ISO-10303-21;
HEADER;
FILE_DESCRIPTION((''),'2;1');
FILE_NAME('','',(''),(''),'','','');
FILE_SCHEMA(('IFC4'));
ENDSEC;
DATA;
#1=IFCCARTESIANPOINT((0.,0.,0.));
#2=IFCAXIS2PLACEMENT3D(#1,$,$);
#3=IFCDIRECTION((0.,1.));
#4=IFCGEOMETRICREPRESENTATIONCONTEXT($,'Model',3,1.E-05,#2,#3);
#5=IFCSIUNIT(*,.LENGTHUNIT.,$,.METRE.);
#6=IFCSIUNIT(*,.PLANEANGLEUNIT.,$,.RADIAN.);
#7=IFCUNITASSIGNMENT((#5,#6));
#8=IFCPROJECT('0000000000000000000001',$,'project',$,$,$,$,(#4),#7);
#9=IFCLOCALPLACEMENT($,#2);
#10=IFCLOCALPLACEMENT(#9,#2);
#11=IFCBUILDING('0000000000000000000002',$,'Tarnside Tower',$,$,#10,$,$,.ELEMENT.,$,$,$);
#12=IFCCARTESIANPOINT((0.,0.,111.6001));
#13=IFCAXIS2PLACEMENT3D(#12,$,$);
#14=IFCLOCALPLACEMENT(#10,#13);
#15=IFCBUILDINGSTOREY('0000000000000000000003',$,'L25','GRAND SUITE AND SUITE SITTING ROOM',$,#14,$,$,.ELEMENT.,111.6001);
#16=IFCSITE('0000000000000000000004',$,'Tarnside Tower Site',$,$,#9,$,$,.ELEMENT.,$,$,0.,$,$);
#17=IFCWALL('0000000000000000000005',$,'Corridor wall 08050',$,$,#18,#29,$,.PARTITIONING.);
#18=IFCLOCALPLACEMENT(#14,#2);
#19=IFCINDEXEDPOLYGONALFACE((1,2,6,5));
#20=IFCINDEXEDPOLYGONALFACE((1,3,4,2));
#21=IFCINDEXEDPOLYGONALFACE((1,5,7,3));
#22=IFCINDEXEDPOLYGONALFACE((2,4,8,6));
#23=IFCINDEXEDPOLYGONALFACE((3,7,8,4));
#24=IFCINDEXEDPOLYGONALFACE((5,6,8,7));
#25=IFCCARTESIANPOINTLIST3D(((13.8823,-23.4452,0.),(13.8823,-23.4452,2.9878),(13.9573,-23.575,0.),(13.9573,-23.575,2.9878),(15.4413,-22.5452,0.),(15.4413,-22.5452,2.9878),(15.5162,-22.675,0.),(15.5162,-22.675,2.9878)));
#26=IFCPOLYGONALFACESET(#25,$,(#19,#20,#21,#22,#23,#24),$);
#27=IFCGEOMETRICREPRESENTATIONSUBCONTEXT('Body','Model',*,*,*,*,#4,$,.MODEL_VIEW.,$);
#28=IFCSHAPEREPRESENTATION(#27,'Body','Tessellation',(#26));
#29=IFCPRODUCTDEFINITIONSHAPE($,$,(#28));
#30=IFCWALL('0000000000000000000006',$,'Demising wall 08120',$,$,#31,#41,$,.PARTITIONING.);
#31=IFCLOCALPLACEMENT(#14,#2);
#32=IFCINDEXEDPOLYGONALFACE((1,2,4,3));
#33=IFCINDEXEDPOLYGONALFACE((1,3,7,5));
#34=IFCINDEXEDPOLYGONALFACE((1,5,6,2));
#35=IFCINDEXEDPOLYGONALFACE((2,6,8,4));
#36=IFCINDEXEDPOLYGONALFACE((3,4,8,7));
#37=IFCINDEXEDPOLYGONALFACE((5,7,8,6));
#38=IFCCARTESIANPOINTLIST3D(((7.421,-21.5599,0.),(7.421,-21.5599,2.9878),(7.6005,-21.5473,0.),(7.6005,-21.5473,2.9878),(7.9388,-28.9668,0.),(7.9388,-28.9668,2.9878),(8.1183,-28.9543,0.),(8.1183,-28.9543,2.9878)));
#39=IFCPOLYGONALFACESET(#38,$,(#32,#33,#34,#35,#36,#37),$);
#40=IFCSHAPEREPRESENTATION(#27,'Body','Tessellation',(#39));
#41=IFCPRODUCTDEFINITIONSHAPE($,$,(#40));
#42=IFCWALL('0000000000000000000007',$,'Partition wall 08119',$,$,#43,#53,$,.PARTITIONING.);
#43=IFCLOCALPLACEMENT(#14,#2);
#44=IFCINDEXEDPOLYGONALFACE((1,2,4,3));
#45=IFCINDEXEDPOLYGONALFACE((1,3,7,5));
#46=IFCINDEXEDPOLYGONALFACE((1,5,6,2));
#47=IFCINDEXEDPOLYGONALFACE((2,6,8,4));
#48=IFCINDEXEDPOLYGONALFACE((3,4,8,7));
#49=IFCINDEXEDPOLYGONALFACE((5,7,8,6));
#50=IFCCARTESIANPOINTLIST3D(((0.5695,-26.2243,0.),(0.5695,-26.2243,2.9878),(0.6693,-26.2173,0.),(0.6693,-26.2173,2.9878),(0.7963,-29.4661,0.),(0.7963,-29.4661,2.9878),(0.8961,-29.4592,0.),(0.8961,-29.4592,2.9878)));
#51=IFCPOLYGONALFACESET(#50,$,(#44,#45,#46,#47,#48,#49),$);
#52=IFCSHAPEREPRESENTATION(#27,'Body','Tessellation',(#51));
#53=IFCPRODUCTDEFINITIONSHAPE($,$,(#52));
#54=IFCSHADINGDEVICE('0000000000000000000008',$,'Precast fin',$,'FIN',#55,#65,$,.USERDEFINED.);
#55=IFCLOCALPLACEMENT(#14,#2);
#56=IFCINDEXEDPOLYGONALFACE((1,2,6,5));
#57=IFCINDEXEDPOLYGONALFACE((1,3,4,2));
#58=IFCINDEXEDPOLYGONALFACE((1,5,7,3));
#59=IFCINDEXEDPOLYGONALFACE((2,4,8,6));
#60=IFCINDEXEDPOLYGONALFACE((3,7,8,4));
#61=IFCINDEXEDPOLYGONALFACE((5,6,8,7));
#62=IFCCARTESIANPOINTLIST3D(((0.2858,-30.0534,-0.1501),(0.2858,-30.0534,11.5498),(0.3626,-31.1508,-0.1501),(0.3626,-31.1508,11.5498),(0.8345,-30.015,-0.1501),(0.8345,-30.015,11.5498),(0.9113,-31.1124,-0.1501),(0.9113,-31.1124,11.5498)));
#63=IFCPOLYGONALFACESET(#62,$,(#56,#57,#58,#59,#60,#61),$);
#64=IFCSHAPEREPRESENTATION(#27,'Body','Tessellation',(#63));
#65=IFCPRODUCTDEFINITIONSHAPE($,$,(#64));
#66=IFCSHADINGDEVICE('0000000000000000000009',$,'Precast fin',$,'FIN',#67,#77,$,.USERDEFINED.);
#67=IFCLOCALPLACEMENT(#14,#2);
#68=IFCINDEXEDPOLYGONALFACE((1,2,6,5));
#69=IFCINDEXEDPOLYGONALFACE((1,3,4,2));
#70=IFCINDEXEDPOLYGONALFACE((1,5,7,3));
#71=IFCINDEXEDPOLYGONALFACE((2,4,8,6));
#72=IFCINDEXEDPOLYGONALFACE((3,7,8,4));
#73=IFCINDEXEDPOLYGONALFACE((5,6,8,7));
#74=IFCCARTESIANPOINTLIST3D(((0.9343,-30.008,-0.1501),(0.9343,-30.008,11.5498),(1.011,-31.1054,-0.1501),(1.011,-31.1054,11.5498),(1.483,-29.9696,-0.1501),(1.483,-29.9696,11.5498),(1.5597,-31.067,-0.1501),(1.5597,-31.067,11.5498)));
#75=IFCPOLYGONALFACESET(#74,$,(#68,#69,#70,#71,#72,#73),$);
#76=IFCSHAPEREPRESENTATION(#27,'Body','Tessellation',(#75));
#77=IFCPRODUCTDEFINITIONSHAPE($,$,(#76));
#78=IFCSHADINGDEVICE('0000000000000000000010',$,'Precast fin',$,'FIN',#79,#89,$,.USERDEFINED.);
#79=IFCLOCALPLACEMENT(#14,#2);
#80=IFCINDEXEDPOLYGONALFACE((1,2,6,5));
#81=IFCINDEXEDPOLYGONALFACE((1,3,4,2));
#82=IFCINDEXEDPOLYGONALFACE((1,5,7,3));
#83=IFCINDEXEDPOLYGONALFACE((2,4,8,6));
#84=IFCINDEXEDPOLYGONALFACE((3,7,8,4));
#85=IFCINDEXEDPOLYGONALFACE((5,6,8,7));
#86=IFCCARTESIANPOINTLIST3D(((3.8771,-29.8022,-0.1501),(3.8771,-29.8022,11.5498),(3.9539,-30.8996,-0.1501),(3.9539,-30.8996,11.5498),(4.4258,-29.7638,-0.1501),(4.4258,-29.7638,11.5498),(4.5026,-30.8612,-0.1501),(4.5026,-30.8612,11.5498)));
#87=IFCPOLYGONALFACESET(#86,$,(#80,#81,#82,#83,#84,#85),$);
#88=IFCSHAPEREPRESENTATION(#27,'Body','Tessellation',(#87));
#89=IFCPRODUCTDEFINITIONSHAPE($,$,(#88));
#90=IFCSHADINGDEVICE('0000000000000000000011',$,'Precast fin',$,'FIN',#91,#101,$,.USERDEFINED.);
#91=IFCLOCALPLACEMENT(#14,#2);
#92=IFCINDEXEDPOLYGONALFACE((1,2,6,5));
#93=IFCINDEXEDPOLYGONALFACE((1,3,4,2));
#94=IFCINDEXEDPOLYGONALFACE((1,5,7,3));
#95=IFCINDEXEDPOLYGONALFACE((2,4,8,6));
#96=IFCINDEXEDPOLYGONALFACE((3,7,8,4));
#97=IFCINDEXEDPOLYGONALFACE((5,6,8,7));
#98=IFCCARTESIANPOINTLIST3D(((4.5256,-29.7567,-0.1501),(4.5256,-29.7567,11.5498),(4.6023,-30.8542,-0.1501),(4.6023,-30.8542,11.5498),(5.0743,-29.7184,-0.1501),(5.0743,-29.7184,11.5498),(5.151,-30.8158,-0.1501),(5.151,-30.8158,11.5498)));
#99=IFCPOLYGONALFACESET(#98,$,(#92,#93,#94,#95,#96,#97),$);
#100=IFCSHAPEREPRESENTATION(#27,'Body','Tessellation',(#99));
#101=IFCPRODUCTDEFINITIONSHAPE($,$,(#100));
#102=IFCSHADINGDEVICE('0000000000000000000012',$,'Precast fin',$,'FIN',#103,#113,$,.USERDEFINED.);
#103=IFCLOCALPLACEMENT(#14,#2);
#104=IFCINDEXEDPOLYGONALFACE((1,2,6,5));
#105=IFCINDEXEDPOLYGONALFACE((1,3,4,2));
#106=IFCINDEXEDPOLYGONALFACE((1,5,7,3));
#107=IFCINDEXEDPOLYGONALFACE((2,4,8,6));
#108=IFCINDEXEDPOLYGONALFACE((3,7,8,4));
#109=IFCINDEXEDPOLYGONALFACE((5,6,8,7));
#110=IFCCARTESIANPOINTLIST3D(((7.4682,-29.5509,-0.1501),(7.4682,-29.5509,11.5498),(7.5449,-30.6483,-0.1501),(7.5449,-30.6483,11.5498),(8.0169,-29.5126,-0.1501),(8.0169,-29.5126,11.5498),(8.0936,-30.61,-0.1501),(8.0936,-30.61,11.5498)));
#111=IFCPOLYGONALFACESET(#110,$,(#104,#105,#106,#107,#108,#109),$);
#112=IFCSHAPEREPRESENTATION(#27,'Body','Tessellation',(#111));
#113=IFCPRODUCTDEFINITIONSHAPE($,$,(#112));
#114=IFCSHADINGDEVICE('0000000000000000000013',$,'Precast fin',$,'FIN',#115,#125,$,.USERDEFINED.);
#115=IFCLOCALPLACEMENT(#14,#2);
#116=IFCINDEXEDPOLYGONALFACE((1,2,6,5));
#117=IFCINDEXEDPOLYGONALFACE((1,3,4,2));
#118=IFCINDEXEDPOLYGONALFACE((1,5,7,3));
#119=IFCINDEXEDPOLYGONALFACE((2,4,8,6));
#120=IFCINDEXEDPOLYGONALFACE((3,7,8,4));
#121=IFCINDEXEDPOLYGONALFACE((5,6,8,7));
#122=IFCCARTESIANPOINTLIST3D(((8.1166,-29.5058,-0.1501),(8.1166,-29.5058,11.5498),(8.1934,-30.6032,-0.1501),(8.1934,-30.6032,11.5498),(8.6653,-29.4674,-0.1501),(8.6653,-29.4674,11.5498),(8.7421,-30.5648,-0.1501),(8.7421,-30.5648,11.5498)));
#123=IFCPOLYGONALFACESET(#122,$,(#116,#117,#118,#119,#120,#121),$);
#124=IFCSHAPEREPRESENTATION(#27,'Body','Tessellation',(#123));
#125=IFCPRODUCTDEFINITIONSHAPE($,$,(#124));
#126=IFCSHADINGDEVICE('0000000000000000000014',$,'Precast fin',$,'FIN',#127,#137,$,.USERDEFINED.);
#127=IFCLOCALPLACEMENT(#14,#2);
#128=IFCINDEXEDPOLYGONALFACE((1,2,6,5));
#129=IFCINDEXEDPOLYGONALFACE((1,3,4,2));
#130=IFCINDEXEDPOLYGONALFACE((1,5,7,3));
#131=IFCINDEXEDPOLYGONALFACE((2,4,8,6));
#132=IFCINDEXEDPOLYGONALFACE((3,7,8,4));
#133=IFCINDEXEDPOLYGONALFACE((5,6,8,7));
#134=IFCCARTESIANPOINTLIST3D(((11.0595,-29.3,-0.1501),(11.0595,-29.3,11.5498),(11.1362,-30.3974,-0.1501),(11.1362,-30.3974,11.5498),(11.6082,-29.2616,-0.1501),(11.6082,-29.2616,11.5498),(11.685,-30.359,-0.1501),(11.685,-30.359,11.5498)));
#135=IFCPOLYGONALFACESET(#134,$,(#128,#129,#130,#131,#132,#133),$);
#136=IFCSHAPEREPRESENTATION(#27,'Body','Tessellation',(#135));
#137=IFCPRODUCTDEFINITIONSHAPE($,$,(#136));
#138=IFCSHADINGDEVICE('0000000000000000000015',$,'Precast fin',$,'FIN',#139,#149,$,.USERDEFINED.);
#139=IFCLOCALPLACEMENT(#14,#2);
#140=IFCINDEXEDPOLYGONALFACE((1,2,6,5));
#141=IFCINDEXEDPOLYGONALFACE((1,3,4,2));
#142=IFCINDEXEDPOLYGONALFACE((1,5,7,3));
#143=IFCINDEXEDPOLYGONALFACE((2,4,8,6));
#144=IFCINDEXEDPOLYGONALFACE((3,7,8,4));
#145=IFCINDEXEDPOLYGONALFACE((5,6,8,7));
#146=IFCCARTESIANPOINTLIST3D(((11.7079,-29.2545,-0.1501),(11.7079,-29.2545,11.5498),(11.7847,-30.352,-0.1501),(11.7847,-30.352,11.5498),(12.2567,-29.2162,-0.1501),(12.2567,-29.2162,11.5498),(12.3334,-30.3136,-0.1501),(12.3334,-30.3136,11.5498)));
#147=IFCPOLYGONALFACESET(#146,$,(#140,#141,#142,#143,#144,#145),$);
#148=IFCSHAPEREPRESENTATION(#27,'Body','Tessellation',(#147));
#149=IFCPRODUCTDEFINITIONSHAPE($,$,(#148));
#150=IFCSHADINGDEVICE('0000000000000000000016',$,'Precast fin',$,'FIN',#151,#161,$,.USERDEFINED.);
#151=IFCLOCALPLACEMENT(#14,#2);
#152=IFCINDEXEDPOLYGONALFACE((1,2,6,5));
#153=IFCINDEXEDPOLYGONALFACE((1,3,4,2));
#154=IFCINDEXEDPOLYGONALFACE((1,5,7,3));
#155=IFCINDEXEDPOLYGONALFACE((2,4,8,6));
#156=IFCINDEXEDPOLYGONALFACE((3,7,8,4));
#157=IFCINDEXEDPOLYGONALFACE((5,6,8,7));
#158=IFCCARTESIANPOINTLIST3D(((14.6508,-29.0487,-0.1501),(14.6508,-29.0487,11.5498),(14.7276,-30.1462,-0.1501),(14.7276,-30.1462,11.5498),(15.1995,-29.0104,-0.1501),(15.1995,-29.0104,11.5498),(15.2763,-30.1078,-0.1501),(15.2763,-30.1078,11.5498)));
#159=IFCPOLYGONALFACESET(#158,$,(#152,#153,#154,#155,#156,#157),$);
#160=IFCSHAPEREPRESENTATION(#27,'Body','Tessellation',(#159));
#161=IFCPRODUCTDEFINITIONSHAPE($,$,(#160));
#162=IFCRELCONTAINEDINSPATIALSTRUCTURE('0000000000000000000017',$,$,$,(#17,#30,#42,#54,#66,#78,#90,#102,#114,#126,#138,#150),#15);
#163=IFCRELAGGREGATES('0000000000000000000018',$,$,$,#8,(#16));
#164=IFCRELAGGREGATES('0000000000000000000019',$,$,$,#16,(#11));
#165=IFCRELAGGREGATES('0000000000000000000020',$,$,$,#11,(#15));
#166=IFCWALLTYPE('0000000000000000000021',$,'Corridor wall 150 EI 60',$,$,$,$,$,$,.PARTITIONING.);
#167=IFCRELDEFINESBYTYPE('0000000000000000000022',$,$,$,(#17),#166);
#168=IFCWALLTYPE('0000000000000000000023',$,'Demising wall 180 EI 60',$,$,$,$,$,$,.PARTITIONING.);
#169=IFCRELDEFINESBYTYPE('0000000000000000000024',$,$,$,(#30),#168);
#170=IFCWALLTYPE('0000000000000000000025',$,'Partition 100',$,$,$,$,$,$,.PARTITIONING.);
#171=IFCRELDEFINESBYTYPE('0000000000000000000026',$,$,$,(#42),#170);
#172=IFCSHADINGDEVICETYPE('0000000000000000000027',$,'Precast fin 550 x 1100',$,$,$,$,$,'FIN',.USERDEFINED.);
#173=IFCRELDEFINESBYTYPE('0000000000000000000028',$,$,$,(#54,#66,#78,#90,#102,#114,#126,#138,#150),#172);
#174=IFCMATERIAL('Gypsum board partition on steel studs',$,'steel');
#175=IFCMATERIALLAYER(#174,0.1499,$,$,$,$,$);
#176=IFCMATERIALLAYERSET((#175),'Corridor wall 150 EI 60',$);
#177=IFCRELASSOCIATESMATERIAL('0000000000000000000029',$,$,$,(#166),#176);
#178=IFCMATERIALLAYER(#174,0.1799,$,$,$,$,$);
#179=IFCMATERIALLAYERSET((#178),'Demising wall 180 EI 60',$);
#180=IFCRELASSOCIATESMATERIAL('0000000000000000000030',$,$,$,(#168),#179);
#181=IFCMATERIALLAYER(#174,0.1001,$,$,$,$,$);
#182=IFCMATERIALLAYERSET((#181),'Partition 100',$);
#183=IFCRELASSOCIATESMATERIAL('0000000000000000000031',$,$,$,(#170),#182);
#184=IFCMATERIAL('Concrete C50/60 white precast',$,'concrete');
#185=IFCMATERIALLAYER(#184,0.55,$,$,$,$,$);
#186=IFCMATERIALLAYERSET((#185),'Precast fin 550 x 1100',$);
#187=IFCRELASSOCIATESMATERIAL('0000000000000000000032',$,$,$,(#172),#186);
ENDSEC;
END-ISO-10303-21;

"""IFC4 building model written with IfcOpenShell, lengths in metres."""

from ifc_helpers import new_model, si_unit, direction, frame, frame_2d, origin, place, context, subcontext, project, spatial, polyline, rectangle, outline, extrude, material, layer, layer_set, type_object, element, save


model = new_model("IFC4")

# Units and contexts
model_context = context("Model", 3, precision=1e-05, world=origin(), true_north=direction((0.0, 1.0)))
body_context = subcontext(model_context, "Body", "Model", "MODEL_VIEW")
ifc_project = project(units=[si_unit("LENGTHUNIT", "METRE"), si_unit("PLANEANGLEUNIT", "RADIAN")], contexts=[model_context])

# Site, building, storey
site_placement = place(None, origin())
site = spatial("IfcSite", under=ifc_project, at=site_placement, Name="Tarnside Tower Site", CompositionType="ELEMENT", RefElevation=0.0)
building_placement = place(site_placement, origin())
building = spatial("IfcBuilding", under=site, at=building_placement, Name="Tarnside Tower", CompositionType="ELEMENT")
storey_placement = place(building_placement, frame((0.0, 0.0, 111.6001)))
storey = spatial("IfcBuildingStorey", under=building, at=storey_placement, Name="L25", Description="GRAND SUITE AND SUITE SITTING ROOM", CompositionType="ELEMENT", Elevation=111.6001)

# Shared definitions
ifc_material_1 = material(Name="Gypsum board partition on steel studs", Category="steel")

# Walls
ifc_layer_1 = layer(ifc_material_1, 0.1499)
ifc_layer_set_1 = layer_set([ifc_layer_1], Name="Corridor wall 150 EI 60")
wall_type_1 = type_object("IfcWallType", Name="Corridor wall 150 EI 60", PredefinedType="PARTITIONING", material=ifc_layer_set_1)
wall_1_placement = place(storey_placement, frame((13.9199, -23.51, 0.0), z_axis=(0.0, 0.0, 1.0), x_axis=(0.866048, 0.499961, 0.0)))
element("IfcWall", 1, at=wall_1_placement, inside=storey, type_object=wall_type_1, Name="Corridor wall 08050", PredefinedType="PARTITIONING", context=body_context, shape_type="SweptSolid", body=[
    extrude(rectangle(XDim=1.8, YDim=0.1499, at=frame_2d((0.8999, 0.0))), origin(), (0.0, 0.0, 1.0), 2.9878),
])
ifc_layer_2 = layer(ifc_material_1, 0.1799)
ifc_layer_set_2 = layer_set([ifc_layer_2], Name="Demising wall 180 EI 60")
wall_type_2 = type_object("IfcWallType", Name="Demising wall 180 EI 60", PredefinedType="PARTITIONING", material=ifc_layer_set_2)
wall_2_placement = place(storey_placement, frame((8.0286, -28.9604, 0.0), z_axis=(0.0, 0.0, 1.0), x_axis=(-0.06974, 0.997565, 0.0)))
element("IfcWall", 2, at=wall_2_placement, inside=storey, type_object=wall_type_2, Name="Demising wall 08120", PredefinedType="PARTITIONING", context=body_context, shape_type="SweptSolid", body=[
    extrude(rectangle(XDim=7.425, YDim=0.1799, at=frame_2d((3.7124, 0.0))), origin(), (0.0, 0.0, 1.0), 2.9878),
])
ifc_layer_3 = layer(ifc_material_1, 0.1001)
ifc_layer_set_3 = layer_set([ifc_layer_3], Name="Partition 100")
wall_type_3 = type_object("IfcWallType", Name="Partition 100", PredefinedType="PARTITIONING", material=ifc_layer_set_3)
wall_3_placement = place(storey_placement, frame((0.6194, -26.2207, 0.0), z_axis=(0.0, 0.0, 1.0), x_axis=(0.06979, -0.997562, 0.0)))
element("IfcWall", 3, at=wall_3_placement, inside=storey, type_object=wall_type_3, Name="Partition wall 08119", PredefinedType="PARTITIONING", context=body_context, shape_type="SweptSolid", body=[
    extrude(rectangle(XDim=3.2498, YDim=0.1001, at=frame_2d((1.625, 0.0))), origin(), (0.0, 0.0, 1.0), 2.9878),
])

# Shading devices
ifc_material_2 = material(Name="Concrete C50/60 white precast", Category="concrete")
ifc_layer_4 = layer(ifc_material_2, 0.55)
ifc_layer_set_4 = layer_set([ifc_layer_4], Name="Precast fin 550 x 1100")
shading_device_type = type_object("IfcShadingDeviceType", Name="Precast fin 550 x 1100", ElementType="FIN", PredefinedType="USERDEFINED", material=ifc_layer_set_4)
for number, where, z_axis, x_axis, name in (
    (4, (0.5603, -30.0342, -0.1501), (-0.997564, -0.069756, 0.0), (0.069756, -0.997564, 0.0), "Precast fin"),
    (5, (1.2087, -29.9888, -0.1501), (-0.997564, -0.069756, 0.0), (0.069756, -0.997564, 0.0), "Precast fin"),
    (6, (4.1516, -29.783, -0.1501), (-0.997564, -0.069756, 0.0), (0.069756, -0.997564, 0.0), "Precast fin"),
    (7, (4.8, -29.7375, -0.1501), (-0.997564, -0.069756, 0.0), (0.069756, -0.997564, 0.0), "Precast fin"),
    (8, (7.7427, -29.5317, -0.1501), (-0.997564, -0.069756, 0.0), (0.069756, -0.997564, 0.0), "Precast fin"),
    (9, (8.3911, -29.4866, -0.1501), (-0.997564, -0.069756, 0.0), (0.069756, -0.997564, 0.0), "Precast fin"),
    (10, (11.334, -29.2808, -0.1501), (-0.997564, -0.069756, 0.0), (0.069756, -0.997564, 0.0), "Precast fin"),
    (11, (11.9824, -29.2354, -0.1501), (-0.997564, -0.069756, 0.0), (0.069756, -0.997564, 0.0), "Precast fin"),
    (12, (14.9253, -29.0295, -0.1501), (-0.997564, -0.069756, 0.0), (0.069756, -0.997564, 0.0), "Precast fin"),
):
    element("IfcShadingDevice", number, at=place(storey_placement, frame(where, z_axis=z_axis, x_axis=x_axis)), inside=storey, type_object=shading_device_type, Name=name, ObjectType="FIN", PredefinedType="USERDEFINED", context=body_context, shape_type="SweptSolid", body=[
        extrude(outline(polyline([(0.0, 0.0), (1.1001, 0.0), (1.1001, 11.7), (0.0, 11.7), (0.0, 0.0)])), frame((0.0, 0.0, -0.2749)), (0.0, 0.0, 1.0), 0.55),
    ])

save(model, "model.ifc")
